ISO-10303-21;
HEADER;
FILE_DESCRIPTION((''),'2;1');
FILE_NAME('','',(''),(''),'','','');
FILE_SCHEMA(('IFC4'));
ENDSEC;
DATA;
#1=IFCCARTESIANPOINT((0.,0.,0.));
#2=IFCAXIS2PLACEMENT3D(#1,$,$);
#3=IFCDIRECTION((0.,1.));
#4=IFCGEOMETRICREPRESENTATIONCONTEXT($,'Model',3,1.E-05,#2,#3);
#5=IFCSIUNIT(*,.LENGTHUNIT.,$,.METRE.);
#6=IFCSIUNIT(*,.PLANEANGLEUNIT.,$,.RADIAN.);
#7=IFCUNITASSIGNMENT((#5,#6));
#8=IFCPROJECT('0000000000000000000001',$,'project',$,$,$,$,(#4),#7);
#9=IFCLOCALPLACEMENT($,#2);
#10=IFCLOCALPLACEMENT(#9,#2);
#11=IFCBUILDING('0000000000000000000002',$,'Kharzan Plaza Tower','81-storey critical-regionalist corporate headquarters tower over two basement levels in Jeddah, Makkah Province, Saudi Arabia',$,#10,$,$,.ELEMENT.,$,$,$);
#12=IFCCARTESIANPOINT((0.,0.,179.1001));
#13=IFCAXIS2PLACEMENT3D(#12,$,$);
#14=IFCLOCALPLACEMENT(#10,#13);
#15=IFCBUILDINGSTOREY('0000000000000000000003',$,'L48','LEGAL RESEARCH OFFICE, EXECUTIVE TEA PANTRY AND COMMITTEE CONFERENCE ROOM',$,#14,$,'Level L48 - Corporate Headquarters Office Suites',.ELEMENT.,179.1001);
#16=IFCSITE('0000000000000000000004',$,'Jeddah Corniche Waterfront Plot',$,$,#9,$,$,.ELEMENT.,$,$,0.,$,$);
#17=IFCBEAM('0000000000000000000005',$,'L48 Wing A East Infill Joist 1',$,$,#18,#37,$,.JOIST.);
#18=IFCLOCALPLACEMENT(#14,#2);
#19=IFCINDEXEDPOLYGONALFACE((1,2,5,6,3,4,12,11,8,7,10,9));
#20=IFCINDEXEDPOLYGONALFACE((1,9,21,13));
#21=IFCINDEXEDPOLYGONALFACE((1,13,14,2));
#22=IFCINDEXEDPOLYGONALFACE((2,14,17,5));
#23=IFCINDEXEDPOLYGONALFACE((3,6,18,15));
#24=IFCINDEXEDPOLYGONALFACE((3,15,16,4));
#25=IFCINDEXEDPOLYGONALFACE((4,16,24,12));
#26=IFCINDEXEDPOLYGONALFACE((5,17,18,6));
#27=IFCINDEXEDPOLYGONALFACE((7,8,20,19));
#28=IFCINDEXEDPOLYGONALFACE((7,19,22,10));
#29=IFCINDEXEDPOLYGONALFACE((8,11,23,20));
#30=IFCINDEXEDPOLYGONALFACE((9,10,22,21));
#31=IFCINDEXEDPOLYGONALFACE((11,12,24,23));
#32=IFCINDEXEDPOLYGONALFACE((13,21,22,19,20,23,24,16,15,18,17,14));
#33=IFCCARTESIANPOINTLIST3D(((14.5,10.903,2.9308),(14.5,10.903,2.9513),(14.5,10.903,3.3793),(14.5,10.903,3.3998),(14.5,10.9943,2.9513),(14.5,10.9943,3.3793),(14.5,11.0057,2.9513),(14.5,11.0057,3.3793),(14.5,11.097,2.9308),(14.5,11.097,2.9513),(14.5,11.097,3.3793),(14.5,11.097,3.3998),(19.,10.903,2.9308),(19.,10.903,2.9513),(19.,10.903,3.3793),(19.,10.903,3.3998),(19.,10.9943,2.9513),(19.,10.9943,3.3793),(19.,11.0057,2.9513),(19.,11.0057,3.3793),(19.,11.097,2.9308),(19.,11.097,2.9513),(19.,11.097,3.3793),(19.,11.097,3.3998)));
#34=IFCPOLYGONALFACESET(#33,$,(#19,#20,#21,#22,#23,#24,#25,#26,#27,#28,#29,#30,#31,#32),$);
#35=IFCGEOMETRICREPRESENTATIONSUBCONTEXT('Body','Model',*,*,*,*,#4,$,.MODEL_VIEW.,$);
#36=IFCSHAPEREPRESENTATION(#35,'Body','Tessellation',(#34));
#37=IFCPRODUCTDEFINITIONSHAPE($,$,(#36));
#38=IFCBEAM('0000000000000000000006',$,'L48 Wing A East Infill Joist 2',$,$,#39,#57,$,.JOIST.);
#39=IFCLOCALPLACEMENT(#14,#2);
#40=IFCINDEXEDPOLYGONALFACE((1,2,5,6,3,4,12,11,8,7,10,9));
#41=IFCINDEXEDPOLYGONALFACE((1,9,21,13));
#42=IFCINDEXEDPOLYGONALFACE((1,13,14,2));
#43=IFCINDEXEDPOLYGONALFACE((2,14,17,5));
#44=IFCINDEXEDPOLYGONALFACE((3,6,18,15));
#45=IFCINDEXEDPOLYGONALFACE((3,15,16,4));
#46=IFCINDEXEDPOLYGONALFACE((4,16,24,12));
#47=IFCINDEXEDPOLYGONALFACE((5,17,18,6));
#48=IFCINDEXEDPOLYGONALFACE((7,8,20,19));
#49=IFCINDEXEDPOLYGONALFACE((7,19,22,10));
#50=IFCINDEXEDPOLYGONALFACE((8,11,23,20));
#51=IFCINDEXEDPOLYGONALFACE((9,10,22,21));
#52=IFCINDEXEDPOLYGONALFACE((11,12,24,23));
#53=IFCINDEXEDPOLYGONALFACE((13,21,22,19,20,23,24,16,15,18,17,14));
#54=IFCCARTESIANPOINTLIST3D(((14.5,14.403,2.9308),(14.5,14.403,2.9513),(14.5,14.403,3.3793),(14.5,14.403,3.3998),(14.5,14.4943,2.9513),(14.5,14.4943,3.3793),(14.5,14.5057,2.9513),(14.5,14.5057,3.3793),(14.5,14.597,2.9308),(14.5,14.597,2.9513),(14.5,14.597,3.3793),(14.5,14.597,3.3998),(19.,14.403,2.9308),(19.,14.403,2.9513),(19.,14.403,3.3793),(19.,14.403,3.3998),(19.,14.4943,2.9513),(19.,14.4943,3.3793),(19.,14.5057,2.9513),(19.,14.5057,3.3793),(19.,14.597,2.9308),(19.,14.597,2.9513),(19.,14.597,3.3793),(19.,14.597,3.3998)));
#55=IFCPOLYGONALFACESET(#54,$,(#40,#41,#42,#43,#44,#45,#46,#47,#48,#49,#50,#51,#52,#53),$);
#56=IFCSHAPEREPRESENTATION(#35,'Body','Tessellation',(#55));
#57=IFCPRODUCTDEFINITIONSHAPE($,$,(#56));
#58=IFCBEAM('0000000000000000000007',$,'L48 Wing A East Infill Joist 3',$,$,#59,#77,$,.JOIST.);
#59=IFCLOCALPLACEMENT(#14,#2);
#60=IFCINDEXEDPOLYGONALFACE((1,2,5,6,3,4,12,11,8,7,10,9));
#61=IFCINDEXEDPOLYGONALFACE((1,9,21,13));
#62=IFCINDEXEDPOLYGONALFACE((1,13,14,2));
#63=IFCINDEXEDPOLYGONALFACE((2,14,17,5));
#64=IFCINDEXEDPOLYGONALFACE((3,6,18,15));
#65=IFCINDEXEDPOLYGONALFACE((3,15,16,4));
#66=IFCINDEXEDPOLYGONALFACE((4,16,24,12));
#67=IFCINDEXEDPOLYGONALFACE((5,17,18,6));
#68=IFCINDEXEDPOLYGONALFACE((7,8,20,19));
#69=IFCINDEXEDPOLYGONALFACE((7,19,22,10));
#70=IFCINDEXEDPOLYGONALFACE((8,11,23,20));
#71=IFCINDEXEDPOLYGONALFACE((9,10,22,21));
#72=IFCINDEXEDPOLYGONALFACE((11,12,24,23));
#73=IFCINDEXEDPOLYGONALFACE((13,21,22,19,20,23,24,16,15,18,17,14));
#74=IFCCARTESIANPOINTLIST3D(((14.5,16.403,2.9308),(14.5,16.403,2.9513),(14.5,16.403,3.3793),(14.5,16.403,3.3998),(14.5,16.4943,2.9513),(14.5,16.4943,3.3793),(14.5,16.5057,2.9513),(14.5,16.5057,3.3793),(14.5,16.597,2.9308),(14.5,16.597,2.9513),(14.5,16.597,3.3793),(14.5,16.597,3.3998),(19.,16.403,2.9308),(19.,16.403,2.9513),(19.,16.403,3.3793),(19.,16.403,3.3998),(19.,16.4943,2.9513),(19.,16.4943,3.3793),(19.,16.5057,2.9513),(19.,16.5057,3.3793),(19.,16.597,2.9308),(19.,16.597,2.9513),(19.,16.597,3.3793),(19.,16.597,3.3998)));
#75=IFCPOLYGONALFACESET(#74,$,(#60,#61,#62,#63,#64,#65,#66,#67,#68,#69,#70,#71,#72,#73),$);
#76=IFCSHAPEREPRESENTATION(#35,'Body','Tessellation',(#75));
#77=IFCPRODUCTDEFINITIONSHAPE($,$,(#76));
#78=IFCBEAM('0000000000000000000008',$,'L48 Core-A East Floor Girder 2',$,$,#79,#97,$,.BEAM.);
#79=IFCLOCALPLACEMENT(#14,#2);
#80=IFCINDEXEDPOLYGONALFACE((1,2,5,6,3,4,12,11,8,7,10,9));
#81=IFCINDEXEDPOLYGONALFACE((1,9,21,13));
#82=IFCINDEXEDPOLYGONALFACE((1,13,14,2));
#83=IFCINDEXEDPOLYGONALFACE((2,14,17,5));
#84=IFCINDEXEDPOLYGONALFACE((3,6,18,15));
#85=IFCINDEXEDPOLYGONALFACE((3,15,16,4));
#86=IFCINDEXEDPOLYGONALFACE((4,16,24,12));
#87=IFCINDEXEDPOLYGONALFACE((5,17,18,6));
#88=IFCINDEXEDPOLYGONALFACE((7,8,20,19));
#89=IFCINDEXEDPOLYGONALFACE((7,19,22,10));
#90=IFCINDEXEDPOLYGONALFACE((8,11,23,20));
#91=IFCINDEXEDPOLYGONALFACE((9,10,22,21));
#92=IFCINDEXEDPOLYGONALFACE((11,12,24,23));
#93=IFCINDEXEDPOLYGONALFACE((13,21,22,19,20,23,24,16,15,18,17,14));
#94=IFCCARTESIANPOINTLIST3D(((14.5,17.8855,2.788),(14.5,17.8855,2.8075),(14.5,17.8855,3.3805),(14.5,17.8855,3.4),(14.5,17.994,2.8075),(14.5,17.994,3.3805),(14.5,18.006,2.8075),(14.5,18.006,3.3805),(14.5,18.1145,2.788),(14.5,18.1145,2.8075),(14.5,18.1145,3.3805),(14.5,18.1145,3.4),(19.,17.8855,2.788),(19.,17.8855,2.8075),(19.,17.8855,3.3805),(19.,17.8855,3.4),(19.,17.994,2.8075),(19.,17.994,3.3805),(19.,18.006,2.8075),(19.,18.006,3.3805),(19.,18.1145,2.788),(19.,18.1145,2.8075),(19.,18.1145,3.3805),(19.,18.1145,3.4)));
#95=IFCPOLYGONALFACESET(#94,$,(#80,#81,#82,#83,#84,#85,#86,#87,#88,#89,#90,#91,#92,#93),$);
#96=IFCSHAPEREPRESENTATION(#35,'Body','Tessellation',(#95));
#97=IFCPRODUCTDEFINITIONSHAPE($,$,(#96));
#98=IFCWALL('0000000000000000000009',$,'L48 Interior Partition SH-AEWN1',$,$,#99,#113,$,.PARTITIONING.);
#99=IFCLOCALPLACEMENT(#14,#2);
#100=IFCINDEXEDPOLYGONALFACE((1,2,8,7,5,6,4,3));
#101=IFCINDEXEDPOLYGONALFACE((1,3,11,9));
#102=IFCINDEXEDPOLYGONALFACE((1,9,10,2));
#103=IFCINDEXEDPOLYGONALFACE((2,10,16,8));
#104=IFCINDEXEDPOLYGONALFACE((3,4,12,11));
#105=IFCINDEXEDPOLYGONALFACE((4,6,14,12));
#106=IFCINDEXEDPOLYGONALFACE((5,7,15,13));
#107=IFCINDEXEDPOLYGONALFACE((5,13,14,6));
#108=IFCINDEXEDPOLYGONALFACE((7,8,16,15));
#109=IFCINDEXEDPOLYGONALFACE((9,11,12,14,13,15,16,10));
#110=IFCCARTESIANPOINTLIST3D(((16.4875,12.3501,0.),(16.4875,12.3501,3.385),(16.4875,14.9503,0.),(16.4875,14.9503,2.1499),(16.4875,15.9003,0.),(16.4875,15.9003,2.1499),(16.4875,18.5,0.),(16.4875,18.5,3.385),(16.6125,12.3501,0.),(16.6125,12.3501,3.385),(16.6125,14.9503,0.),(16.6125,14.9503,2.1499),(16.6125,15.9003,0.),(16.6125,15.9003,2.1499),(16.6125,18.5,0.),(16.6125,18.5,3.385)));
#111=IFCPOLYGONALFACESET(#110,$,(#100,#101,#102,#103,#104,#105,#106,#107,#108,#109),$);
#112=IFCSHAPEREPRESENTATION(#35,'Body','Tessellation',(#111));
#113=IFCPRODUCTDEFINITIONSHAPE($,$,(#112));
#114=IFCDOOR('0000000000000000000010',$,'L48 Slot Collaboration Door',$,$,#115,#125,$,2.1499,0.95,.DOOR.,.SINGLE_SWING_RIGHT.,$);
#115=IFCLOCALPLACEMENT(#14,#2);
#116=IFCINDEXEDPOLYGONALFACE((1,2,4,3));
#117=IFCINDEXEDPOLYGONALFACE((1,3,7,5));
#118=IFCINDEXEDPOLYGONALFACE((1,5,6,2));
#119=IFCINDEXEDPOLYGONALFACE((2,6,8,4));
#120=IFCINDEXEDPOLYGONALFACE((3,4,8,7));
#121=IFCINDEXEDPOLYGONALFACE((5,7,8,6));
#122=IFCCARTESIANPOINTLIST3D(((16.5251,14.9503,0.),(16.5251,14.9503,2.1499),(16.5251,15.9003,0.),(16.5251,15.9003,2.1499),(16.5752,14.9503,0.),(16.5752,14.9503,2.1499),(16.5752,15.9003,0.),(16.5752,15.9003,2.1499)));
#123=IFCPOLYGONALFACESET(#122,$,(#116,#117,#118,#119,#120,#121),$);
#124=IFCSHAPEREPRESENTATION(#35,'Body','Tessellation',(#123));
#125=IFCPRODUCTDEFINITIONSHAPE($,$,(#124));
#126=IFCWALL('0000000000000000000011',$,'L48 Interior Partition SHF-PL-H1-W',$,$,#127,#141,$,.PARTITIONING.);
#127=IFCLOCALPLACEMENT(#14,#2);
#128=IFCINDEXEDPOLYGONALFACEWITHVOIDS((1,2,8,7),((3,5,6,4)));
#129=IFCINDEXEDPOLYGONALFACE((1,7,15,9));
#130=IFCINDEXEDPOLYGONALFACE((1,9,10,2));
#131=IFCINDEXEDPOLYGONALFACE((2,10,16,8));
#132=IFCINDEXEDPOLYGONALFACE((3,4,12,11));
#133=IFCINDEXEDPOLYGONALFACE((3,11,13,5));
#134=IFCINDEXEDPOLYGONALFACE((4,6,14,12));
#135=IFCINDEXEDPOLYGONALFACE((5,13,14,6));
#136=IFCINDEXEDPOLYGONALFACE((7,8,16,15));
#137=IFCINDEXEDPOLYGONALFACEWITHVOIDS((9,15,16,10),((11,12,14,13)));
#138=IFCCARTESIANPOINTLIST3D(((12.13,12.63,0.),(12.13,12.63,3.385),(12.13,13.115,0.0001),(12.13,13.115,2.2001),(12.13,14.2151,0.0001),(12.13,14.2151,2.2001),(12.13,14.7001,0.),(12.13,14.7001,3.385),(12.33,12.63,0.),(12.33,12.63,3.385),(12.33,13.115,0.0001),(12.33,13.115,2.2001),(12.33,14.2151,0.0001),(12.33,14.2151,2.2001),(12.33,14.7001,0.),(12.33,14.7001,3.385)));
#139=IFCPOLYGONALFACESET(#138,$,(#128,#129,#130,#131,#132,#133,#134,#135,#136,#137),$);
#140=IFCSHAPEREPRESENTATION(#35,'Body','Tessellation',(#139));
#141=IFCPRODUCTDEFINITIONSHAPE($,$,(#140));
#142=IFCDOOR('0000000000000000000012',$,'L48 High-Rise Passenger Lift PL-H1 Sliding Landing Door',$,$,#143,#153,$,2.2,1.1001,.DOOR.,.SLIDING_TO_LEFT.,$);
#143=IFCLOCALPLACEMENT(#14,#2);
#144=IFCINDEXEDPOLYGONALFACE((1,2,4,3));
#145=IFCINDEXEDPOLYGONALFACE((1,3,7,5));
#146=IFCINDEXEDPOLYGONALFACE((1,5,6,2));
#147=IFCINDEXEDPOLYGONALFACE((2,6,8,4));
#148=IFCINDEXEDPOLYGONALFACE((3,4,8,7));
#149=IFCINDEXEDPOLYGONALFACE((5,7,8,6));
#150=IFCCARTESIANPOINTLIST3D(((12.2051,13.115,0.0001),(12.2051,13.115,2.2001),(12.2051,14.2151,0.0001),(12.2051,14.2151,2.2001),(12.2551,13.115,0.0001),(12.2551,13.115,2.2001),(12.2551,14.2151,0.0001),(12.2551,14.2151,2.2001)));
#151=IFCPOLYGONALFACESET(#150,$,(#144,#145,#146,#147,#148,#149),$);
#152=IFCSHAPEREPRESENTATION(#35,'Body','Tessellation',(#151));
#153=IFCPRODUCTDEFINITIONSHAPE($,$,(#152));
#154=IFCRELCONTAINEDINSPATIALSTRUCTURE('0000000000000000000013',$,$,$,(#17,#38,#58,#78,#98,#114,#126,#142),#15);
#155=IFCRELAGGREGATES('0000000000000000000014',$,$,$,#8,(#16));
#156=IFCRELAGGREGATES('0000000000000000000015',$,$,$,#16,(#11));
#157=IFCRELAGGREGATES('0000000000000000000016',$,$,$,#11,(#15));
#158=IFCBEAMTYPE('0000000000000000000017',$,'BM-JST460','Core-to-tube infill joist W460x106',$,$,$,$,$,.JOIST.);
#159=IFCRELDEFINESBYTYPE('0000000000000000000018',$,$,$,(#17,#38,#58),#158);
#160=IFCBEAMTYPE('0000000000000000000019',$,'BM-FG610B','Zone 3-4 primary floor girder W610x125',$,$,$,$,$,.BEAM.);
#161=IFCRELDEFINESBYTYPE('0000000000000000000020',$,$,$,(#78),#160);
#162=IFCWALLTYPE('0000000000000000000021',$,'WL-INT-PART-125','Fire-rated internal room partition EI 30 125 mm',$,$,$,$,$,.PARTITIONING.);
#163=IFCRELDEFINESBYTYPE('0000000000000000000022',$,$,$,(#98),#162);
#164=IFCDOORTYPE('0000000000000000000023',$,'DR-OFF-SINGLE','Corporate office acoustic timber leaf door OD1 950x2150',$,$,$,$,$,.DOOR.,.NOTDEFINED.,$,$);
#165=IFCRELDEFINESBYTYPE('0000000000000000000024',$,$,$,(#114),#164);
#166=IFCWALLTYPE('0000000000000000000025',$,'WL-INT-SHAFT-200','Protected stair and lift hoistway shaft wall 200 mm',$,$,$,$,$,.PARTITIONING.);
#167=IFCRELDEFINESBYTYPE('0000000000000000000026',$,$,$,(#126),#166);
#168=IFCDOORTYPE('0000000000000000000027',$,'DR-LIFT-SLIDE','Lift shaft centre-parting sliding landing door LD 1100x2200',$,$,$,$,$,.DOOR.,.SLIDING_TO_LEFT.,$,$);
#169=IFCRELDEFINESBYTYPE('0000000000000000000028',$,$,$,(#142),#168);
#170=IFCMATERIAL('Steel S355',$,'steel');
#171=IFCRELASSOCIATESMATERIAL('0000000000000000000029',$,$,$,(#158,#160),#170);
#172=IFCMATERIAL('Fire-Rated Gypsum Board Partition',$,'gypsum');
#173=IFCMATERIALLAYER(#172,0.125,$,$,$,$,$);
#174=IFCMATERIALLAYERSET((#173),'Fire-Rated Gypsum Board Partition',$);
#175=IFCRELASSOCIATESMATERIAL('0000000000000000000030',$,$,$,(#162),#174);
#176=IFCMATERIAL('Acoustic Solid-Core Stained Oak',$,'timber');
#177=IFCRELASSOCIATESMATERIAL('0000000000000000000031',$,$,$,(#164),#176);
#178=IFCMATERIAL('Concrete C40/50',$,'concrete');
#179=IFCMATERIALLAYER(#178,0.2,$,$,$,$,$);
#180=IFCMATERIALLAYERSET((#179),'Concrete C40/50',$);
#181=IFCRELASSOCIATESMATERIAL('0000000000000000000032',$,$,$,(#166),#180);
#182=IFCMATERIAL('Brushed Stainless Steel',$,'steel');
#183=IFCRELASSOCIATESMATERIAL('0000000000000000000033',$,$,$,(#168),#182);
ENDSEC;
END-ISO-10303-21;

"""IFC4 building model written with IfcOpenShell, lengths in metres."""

from ifc_helpers import new_model, si_unit, direction, frame, frame_2d, origin, origin_2d, place, context, subcontext, project, spatial, rectangle, i_section, extrude, source, transform, mapped, material, layer, layer_set, material_profile, profile_set, type_object, element, fill, save


model = new_model("IFC4")

# Units and contexts
model_context = context("Model", 3, precision=1e-05, world=origin(), true_north=direction((0.0, 1.0)))
body_context = subcontext(model_context, "Body", "Model", "MODEL_VIEW")
ifc_project = project(units=[si_unit("LENGTHUNIT", "METRE"), si_unit("PLANEANGLEUNIT", "RADIAN")], contexts=[model_context])

# Site, building, storey
site_placement = place(None, origin())
site = spatial("IfcSite", under=ifc_project, at=site_placement, Name="Jeddah Corniche Waterfront Plot", CompositionType="ELEMENT", RefElevation=0.0)
building_placement = place(site_placement, origin())
building = spatial("IfcBuilding", under=site, at=building_placement, Name="Kharzan Plaza Tower", Description="81-storey critical-regionalist corporate headquarters tower over two basement levels in Jeddah, Makkah Province, Saudi Arabia", CompositionType="ELEMENT")
storey_placement = place(building_placement, frame((0.0, 0.0, 179.1001)))
storey = spatial("IfcBuildingStorey", under=building, at=storey_placement, Name="L48", Description="LEGAL RESEARCH OFFICE, EXECUTIVE TEA PANTRY AND COMMITTEE CONFERENCE ROOM", LongName="Level L48 - Corporate Headquarters Office Suites", CompositionType="ELEMENT", Elevation=179.1001)

# Beams
ifc_material_1 = material(Name="Steel S355", Category="steel")
ifc_material_profile_1 = material_profile(ifc_material_1, i_section(OverallWidth=0.1941, OverallDepth=0.469, WebThickness=0.0115, FlangeThickness=0.0205, at=origin_2d()), Name="W460x106")
ifc_profile_set_1 = profile_set([ifc_material_profile_1], Name="Steel S355")
beam_type_1 = type_object("IfcBeamType", Name="BM-JST460", Description="Core-to-tube infill joist W460x106", PredefinedType="JOIST", material=ifc_profile_set_1)
shared_shape_1 = source(origin(), body_context, "Body", "SweptSolid", [
    extrude(i_section(OverallWidth=0.1941, OverallDepth=0.469, WebThickness=0.0115, FlangeThickness=0.0205, at=origin_2d()), origin(), (0.0, 0.0, 1.0), 4.5),
])
for number, where, z_axis, x_axis, name in (
    (1, (14.5, 11.0, 3.1653), (1.0, 0.0, 0.0), (0.0, 1.0, 0.0), "L48 Wing A East Infill Joist 1"),
    (2, (14.5, 14.5, 3.1653), (1.0, 0.0, 0.0), (0.0, 1.0, 0.0), "L48 Wing A East Infill Joist 2"),
    (3, (14.5, 16.5, 3.1653), (1.0, 0.0, 0.0), (0.0, 1.0, 0.0), "L48 Wing A East Infill Joist 3"),
):
    element("IfcBeam", number, at=place(storey_placement, frame(where, z_axis=z_axis, x_axis=x_axis)), inside=storey, type_object=beam_type_1, Name=name, PredefinedType="JOIST", context=body_context, shape_type="MappedRepresentation", body=[
        mapped(shared_shape_1, transform((0.0, 0.0, 0.0), x_axis=(1.0, 0.0, 0.0), y_axis=(0.0, 1.0, 0.0), z_axis=(0.0, 0.0, 1.0))),
    ])
ifc_material_profile_2 = material_profile(ifc_material_1, i_section(OverallWidth=0.229, OverallDepth=0.6121, WebThickness=0.012, FlangeThickness=0.0195, at=origin_2d()), Name="W610x125")
ifc_profile_set_2 = profile_set([ifc_material_profile_2], Name="Steel S355")
beam_type_2 = type_object("IfcBeamType", Name="BM-FG610B", Description="Zone 3-4 primary floor girder W610x125", PredefinedType="BEAM", material=ifc_profile_set_2)
shared_shape_2 = source(origin(), body_context, "Body", "SweptSolid", [
    extrude(i_section(OverallWidth=0.229, OverallDepth=0.6121, WebThickness=0.012, FlangeThickness=0.0195, at=origin_2d()), origin(), (0.0, 0.0, 1.0), 4.5),
])
beam_placement = place(storey_placement, frame((14.5, 18.0, 3.094), z_axis=(1.0, 0.0, 0.0), x_axis=(0.0, 1.0, 0.0)))
element("IfcBeam", 4, at=beam_placement, inside=storey, type_object=beam_type_2, Name="L48 Core-A East Floor Girder 2", PredefinedType="BEAM", context=body_context, shape_type="MappedRepresentation", body=[
    mapped(shared_shape_2, transform((0.0, 0.0, 0.0), x_axis=(1.0, 0.0, 0.0), y_axis=(0.0, 1.0, 0.0), z_axis=(0.0, 0.0, 1.0))),
])

# Walls, openings, doors
ifc_material_2 = material(Name="Fire-Rated Gypsum Board Partition", Category="gypsum")
ifc_layer_1 = layer(ifc_material_2, 0.125)
ifc_layer_set_1 = layer_set([ifc_layer_1], Name="Fire-Rated Gypsum Board Partition")
wall_type_1 = type_object("IfcWallType", Name="WL-INT-PART-125", Description="Fire-rated internal room partition EI 30 125 mm", PredefinedType="PARTITIONING", material=ifc_layer_set_1)
wall_1_placement = place(storey_placement, frame((16.55, 12.3501, 0.0), z_axis=(0.0, 0.0, 1.0), x_axis=(0.0, 1.0, 0.0)))
wall_1 = element("IfcWall", 5, at=wall_1_placement, inside=storey, type_object=wall_type_1, Name="L48 Interior Partition SH-AEWN1", PredefinedType="PARTITIONING", context=body_context, shape_type="SweptSolid", body=[
    extrude(rectangle(XDim=6.1499, YDim=0.125, at=frame_2d((3.075, 0.0))), origin(), (0.0, 0.0, 1.0), 3.385),
])
opening_1_placement = place(wall_1_placement, frame((2.6001, 0.0, 0.0)))
opening_1 = element("IfcOpeningElement", 6, at=opening_1_placement, cuts=wall_1, PredefinedType="OPENING", context=body_context, shape_type="SweptSolid", body=[
    extrude(rectangle(XDim=0.95, YDim=2.1499, at=frame_2d((0.4751, 1.075))), frame((0.0, 0.0725, 0.0), z_axis=(0.0, -1.0, 0.0), x_axis=(1.0, 0.0, 0.0)), (0.0, 0.0, 1.0), 0.145),
])
ifc_material_3 = material(Name="Acoustic Solid-Core Stained Oak", Category="timber")
door_type_1 = type_object("IfcDoorType", Name="DR-OFF-SINGLE", Description="Corporate office acoustic timber leaf door OD1 950x2150", OperationType="NOTDEFINED", PredefinedType="DOOR", material=ifc_material_3)
shared_shape_3 = source(origin(), body_context, "Body", "SweptSolid", [
    extrude(rectangle(XDim=0.95, YDim=2.1499, at=frame_2d((0.4751, 1.075))), frame((0.0, 0.0249, 0.0), z_axis=(0.0, -1.0, 0.0), x_axis=(1.0, 0.0, 0.0)), (0.0, 0.0, 1.0), 0.05),
])
door_1_placement = place(opening_1_placement, origin())
door_1 = element("IfcDoor", 7, at=door_1_placement, inside=storey, type_object=door_type_1, Name="L48 Slot Collaboration Door", OperationType="SINGLE_SWING_RIGHT", OverallHeight=2.1499, OverallWidth=0.95, PredefinedType="DOOR", context=body_context, shape_type="MappedRepresentation", body=[
    mapped(shared_shape_3, transform((0.0, 0.0, 0.0), x_axis=(1.0, 0.0, 0.0), y_axis=(0.0, 1.0, 0.0), z_axis=(0.0, 0.0, 1.0))),
])
fill(opening_1, door_1)
ifc_material_4 = material(Name="Concrete C40/50", Category="concrete")
ifc_layer_2 = layer(ifc_material_4, 0.2)
ifc_layer_set_2 = layer_set([ifc_layer_2], Name="Concrete C40/50")
wall_type_2 = type_object("IfcWallType", Name="WL-INT-SHAFT-200", Description="Protected stair and lift hoistway shaft wall 200 mm", PredefinedType="PARTITIONING", material=ifc_layer_set_2)
wall_2_placement = place(storey_placement, frame((12.23, 12.6299, 0.0), z_axis=(0.0, 0.0, 1.0), x_axis=(0.0, 1.0, 0.0)))
wall_2 = element("IfcWall", 8, at=wall_2_placement, inside=storey, type_object=wall_type_2, Name="L48 Interior Partition SHF-PL-H1-W", PredefinedType="PARTITIONING", context=body_context, shape_type="SweptSolid", body=[
    extrude(rectangle(XDim=2.0701, YDim=0.2, at=frame_2d((1.0352, 0.0))), origin(), (0.0, 0.0, 1.0), 3.385),
])
opening_2_placement = place(wall_2_placement, frame((0.4851, 0.0, 0.0)))
opening_2 = element("IfcOpeningElement", 9, at=opening_2_placement, cuts=wall_2, PredefinedType="OPENING", context=body_context, shape_type="SweptSolid", body=[
    extrude(rectangle(XDim=1.1001, YDim=2.2, at=frame_2d((0.55, 1.1001))), frame((0.0, 0.1099, 0.0), z_axis=(0.0, -1.0, 0.0), x_axis=(1.0, 0.0, 0.0)), (0.0, 0.0, 1.0), 0.22),
])
ifc_material_5 = material(Name="Brushed Stainless Steel", Category="steel")
door_type_2 = type_object("IfcDoorType", Name="DR-LIFT-SLIDE", Description="Lift shaft centre-parting sliding landing door LD 1100x2200", OperationType="SLIDING_TO_LEFT", PredefinedType="DOOR", material=ifc_material_5)
shared_shape_4 = source(origin(), body_context, "Body", "SweptSolid", [
    extrude(rectangle(XDim=1.1001, YDim=2.2, at=frame_2d((0.55, 1.1001))), frame((0.0, 0.0249, 0.0), z_axis=(0.0, -1.0, 0.0), x_axis=(1.0, 0.0, 0.0)), (0.0, 0.0, 1.0), 0.05),
])
door_2_placement = place(opening_2_placement, origin())
door_2 = element("IfcDoor", 10, at=door_2_placement, inside=storey, type_object=door_type_2, Name="L48 High-Rise Passenger Lift PL-H1 Sliding Landing Door", OperationType="SLIDING_TO_LEFT", OverallHeight=2.2, OverallWidth=1.1001, PredefinedType="DOOR", context=body_context, shape_type="MappedRepresentation", body=[
    mapped(shared_shape_4, transform((0.0, 0.0, 0.0), x_axis=(1.0, 0.0, 0.0), y_axis=(0.0, 1.0, 0.0), z_axis=(0.0, 0.0, 1.0))),
])
fill(opening_2, door_2)

save(model, "model.ifc")
